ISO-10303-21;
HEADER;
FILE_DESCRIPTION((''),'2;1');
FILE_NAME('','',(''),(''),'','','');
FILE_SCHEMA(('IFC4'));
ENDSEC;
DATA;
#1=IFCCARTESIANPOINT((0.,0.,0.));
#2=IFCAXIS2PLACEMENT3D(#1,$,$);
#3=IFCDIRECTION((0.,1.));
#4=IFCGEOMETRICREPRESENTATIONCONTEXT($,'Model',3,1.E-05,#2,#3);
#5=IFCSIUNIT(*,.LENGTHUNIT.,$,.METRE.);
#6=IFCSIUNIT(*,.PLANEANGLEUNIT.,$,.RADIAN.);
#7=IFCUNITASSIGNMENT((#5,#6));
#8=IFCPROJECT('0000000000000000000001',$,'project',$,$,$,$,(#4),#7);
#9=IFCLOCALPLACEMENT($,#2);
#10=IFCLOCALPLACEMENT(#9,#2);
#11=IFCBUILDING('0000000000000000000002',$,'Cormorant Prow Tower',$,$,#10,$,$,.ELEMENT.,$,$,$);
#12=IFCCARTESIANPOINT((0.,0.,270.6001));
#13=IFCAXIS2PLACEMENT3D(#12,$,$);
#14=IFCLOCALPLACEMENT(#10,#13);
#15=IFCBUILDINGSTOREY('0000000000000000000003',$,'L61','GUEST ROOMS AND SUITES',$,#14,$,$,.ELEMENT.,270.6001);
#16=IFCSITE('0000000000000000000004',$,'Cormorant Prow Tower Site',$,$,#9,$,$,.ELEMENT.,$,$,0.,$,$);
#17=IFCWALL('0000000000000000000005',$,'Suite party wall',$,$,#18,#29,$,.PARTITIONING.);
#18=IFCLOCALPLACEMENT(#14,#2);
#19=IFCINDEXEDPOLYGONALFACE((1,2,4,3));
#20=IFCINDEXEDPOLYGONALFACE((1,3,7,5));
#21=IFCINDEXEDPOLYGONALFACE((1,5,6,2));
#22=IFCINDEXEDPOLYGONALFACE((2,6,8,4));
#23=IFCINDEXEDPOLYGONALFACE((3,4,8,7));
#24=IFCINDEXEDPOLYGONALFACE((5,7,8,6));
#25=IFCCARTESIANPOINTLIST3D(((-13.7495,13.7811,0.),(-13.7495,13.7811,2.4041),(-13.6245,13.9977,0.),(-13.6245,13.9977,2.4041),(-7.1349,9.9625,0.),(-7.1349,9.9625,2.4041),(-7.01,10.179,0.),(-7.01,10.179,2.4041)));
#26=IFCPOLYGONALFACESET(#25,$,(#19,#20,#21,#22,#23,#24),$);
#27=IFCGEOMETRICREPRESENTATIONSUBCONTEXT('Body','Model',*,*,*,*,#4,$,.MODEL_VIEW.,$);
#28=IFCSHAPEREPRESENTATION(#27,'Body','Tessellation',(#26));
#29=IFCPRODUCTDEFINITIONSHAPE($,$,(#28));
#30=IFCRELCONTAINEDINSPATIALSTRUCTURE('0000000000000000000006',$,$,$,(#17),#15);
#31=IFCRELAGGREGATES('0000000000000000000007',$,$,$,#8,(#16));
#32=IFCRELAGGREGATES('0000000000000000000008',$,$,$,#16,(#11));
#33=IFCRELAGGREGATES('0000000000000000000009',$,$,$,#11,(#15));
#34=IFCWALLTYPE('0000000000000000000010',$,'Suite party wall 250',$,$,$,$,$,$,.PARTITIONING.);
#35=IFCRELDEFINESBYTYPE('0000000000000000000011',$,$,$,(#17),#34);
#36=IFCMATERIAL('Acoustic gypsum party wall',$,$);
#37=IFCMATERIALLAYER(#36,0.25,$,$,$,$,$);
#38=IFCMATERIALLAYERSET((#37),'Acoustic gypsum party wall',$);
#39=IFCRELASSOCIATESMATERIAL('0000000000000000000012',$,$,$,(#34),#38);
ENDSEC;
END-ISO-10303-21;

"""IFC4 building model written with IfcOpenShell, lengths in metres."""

from ifc_helpers import new_model, si_unit, direction, frame, frame_2d, origin, place, context, subcontext, project, spatial, rectangle, extrude, material, layer, layer_set, type_object, element, save


model = new_model("IFC4")

# Units and contexts
model_context = context("Model", 3, precision=1e-05, world=origin(), true_north=direction((0.0, 1.0)))
body_context = subcontext(model_context, "Body", "Model", "MODEL_VIEW")
ifc_project = project(units=[si_unit("LENGTHUNIT", "METRE"), si_unit("PLANEANGLEUNIT", "RADIAN")], contexts=[model_context])

# Site, building, storey
site_placement = place(None, origin())
site = spatial("IfcSite", under=ifc_project, at=site_placement, Name="Cormorant Prow Tower Site", CompositionType="ELEMENT", RefElevation=0.0)
building_placement = place(site_placement, origin())
building = spatial("IfcBuilding", under=site, at=building_placement, Name="Cormorant Prow Tower", CompositionType="ELEMENT")
storey_placement = place(building_placement, frame((0.0, 0.0, 270.6001)))
storey = spatial("IfcBuildingStorey", under=building, at=storey_placement, Name="L61", Description="GUEST ROOMS AND SUITES", CompositionType="ELEMENT", Elevation=270.6001)

# Wall
ifc_material_1 = material(Name="Acoustic gypsum party wall")
ifc_layer_1 = layer(ifc_material_1, 0.25)
ifc_layer_set_1 = layer_set([ifc_layer_1], Name="Acoustic gypsum party wall")
wall_type_1 = type_object("IfcWallType", Name="Suite party wall 250", PredefinedType="PARTITIONING", material=ifc_layer_set_1)
wall_1_placement = place(storey_placement, frame((-13.687, 13.8894, 0.0), z_axis=(0.0, 0.0, 1.0), x_axis=(0.866041, -0.499972, 0.0)))
element("IfcWall", 1, at=wall_1_placement, inside=storey, type_object=wall_type_1, Name="Suite party wall", PredefinedType="PARTITIONING", context=body_context, shape_type="SweptSolid", body=[
    extrude(rectangle(XDim=7.6377, YDim=0.25, at=frame_2d((3.8188, 0.0))), origin(), (0.0, 0.0, 1.0), 2.4041),
])

save(model, "model.ifc")
